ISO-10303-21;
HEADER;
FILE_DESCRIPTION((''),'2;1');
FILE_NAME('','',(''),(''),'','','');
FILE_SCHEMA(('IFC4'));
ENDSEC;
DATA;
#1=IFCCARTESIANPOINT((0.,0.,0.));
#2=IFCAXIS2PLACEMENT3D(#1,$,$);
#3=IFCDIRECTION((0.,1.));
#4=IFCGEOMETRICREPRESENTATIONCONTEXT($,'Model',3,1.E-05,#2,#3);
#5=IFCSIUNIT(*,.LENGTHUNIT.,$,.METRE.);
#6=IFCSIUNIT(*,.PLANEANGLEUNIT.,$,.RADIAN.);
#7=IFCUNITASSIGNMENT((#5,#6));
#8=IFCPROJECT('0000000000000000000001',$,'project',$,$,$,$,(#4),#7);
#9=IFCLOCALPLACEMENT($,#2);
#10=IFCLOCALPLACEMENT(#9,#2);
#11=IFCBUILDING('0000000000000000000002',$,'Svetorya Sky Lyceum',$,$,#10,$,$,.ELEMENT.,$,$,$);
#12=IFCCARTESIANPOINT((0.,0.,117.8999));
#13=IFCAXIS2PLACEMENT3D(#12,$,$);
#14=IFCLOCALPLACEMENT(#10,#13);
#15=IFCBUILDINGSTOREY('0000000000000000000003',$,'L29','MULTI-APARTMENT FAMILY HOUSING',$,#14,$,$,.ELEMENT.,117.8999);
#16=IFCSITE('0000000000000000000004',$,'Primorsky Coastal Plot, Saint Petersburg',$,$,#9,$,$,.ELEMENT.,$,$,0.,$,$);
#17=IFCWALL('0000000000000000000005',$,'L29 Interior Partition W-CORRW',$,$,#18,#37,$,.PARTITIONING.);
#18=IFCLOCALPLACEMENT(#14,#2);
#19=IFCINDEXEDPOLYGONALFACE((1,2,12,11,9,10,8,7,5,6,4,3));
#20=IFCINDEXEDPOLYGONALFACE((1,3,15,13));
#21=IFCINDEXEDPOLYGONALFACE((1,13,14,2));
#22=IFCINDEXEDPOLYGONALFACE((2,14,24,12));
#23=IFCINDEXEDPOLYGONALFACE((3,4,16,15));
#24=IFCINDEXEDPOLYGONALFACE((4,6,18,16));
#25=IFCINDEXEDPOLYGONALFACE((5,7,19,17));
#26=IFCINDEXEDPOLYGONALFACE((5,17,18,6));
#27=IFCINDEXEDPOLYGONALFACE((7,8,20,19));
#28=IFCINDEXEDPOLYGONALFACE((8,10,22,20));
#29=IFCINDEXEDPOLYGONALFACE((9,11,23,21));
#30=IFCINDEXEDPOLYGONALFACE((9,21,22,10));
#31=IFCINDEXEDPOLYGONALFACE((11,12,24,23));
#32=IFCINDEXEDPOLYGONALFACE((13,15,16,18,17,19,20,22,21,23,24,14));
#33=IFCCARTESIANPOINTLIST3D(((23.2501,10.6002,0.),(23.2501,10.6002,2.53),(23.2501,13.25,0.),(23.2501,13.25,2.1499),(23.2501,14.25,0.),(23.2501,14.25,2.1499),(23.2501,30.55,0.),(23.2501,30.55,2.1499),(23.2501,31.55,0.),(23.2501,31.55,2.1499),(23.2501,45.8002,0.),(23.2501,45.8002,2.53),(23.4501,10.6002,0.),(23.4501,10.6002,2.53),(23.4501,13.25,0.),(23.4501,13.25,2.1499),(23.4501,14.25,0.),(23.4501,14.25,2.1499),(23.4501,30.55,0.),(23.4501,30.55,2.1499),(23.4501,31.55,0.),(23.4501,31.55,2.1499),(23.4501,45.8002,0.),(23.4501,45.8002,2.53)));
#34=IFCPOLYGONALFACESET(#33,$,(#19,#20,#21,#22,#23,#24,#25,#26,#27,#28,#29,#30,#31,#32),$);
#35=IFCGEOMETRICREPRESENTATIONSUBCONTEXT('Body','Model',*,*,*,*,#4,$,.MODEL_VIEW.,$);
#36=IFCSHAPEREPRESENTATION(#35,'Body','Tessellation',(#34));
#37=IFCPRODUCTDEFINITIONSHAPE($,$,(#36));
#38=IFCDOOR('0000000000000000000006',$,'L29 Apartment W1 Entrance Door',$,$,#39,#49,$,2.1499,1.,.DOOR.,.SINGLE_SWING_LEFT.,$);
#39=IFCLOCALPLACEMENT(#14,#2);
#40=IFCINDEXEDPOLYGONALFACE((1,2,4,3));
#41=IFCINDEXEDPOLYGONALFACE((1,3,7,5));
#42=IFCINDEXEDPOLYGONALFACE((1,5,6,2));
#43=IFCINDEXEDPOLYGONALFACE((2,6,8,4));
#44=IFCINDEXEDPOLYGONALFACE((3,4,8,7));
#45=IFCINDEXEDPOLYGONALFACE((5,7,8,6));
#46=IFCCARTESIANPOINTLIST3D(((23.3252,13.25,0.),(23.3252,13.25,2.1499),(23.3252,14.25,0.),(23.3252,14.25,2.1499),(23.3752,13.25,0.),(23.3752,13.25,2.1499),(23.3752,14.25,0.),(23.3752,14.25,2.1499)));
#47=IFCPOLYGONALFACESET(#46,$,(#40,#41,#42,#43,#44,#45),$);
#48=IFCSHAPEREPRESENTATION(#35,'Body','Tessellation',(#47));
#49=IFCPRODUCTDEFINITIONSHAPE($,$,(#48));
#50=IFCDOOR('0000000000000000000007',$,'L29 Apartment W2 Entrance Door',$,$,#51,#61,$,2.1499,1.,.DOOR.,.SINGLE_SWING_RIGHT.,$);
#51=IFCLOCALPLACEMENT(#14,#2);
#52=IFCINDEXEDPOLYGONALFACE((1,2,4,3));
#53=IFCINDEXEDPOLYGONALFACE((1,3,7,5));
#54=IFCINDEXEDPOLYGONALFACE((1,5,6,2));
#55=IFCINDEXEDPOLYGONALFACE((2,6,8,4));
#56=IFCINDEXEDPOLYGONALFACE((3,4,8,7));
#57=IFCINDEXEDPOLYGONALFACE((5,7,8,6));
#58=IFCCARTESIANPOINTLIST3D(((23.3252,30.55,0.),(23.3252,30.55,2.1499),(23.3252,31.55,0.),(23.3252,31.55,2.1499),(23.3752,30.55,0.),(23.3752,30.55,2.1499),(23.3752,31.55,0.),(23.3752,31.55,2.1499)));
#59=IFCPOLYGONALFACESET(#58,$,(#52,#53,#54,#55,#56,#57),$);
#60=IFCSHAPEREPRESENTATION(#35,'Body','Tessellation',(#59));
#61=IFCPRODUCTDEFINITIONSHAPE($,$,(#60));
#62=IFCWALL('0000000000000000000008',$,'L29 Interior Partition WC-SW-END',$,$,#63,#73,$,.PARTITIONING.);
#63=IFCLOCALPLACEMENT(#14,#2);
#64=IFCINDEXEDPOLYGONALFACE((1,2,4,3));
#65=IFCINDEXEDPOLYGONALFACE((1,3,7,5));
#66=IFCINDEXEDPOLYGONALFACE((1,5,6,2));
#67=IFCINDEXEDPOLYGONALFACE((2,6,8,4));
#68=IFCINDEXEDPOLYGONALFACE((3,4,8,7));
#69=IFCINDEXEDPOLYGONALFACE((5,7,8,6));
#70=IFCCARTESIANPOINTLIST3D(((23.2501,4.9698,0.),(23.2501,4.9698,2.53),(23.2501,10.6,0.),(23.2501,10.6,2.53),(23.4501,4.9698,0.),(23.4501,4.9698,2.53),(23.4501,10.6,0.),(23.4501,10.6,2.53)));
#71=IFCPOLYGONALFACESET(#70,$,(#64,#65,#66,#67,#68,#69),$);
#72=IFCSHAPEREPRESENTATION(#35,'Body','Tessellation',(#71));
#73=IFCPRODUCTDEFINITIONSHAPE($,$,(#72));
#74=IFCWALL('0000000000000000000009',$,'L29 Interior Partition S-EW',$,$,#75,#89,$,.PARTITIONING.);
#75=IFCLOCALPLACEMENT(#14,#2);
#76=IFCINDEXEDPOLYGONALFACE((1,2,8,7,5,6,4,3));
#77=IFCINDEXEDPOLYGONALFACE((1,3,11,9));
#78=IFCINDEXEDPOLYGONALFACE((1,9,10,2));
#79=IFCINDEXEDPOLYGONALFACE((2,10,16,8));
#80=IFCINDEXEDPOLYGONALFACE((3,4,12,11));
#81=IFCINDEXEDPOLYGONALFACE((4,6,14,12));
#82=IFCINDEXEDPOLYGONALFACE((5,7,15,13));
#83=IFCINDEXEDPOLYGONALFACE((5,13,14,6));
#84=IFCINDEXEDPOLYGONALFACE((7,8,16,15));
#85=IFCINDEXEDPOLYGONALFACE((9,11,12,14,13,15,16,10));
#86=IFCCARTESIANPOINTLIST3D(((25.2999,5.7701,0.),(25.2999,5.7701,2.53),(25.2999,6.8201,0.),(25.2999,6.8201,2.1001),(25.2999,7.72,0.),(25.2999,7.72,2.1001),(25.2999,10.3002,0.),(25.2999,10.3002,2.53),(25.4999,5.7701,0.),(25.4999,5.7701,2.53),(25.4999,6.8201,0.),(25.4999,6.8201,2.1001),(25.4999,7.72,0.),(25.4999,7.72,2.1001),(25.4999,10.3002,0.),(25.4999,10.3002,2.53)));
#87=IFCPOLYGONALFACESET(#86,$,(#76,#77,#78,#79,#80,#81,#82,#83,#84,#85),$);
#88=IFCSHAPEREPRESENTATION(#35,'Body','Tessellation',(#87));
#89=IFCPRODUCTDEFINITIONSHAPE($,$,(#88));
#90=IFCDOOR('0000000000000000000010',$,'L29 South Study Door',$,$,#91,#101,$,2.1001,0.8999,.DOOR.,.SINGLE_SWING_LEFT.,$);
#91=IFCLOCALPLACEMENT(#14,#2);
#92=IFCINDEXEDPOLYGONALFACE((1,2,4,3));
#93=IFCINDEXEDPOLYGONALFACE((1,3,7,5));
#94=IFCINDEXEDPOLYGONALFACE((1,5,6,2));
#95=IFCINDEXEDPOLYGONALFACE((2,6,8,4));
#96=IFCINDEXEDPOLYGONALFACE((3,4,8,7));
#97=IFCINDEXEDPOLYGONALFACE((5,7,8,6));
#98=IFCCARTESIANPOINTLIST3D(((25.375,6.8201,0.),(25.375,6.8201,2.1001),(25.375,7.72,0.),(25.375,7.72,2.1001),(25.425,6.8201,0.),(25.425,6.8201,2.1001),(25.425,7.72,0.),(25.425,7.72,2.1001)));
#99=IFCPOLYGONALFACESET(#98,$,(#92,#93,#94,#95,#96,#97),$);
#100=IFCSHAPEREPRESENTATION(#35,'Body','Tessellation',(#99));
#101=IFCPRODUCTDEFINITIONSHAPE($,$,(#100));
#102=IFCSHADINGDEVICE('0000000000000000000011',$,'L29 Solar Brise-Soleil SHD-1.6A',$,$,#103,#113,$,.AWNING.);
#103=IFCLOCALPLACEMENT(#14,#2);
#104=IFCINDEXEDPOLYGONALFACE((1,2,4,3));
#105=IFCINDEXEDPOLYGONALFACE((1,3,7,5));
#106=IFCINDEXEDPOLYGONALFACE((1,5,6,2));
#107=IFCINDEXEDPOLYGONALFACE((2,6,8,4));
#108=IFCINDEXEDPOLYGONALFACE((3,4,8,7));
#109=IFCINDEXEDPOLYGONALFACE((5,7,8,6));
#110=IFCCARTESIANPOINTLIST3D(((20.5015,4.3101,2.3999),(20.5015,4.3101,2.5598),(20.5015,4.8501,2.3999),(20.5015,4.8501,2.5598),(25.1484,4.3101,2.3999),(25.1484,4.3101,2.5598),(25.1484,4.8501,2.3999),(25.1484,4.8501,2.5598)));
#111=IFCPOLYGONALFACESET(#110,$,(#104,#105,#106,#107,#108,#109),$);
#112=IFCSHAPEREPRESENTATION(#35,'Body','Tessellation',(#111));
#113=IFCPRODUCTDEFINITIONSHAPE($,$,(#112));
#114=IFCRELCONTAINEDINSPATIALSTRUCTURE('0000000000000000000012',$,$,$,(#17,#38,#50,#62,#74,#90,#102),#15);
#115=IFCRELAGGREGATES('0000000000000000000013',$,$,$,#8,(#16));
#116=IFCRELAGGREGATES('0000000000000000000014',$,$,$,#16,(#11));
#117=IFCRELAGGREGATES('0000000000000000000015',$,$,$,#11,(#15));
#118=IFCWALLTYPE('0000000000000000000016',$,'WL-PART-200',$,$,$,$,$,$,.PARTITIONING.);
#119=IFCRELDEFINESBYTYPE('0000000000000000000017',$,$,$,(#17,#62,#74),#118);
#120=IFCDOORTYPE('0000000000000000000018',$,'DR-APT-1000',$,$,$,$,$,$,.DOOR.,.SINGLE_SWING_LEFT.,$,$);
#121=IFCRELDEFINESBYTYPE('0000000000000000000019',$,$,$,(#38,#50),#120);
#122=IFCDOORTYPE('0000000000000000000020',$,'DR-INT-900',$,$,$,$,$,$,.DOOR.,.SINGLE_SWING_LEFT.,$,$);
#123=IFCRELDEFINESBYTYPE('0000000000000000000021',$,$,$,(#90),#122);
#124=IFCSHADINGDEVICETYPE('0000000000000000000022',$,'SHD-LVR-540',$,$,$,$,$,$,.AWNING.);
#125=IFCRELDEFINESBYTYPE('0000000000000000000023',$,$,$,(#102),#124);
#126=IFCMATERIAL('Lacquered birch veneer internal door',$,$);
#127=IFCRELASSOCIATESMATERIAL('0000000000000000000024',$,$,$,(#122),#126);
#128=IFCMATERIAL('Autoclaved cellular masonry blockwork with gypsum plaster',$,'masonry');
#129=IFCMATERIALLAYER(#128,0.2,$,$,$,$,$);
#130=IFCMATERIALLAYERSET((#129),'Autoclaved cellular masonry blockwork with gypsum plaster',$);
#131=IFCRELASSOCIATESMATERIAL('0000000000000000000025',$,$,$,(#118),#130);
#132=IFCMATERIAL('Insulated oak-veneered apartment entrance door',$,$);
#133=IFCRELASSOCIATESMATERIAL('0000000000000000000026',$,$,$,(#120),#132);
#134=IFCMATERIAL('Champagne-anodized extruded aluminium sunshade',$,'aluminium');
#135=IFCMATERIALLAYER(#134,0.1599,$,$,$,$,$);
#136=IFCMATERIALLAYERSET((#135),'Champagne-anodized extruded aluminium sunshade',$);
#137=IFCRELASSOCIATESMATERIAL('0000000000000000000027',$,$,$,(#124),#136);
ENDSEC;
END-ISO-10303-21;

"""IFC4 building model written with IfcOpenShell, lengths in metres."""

from ifc_helpers import new_model, si_unit, direction, frame, frame_2d, origin, origin_2d, place, context, subcontext, project, spatial, rectangle, extrude, material, layer, layer_set, type_object, element, fill, save


model = new_model("IFC4")

# Units and contexts
model_context = context("Model", 3, precision=1e-05, world=origin(), true_north=direction((0.0, 1.0)))
body_context = subcontext(model_context, "Body", "Model", "MODEL_VIEW")
ifc_project = project(units=[si_unit("LENGTHUNIT", "METRE"), si_unit("PLANEANGLEUNIT", "RADIAN")], contexts=[model_context])

# Site, building, storey
site_placement = place(None, origin())
site = spatial("IfcSite", under=ifc_project, at=site_placement, Name="Primorsky Coastal Plot, Saint Petersburg", CompositionType="ELEMENT", RefElevation=0.0)
building_placement = place(site_placement, origin())
building = spatial("IfcBuilding", under=site, at=building_placement, Name="Svetorya Sky Lyceum", CompositionType="ELEMENT")
storey_placement = place(building_placement, frame((0.0, 0.0, 117.8999)))
storey = spatial("IfcBuildingStorey", under=building, at=storey_placement, Name="L29", Description="MULTI-APARTMENT FAMILY HOUSING", CompositionType="ELEMENT", Elevation=117.8999)

# Shared definitions
ifc_material_1 = material(Name="Lacquered birch veneer internal door")
door_type_1 = type_object("IfcDoorType", Name="DR-INT-900", OperationType="SINGLE_SWING_LEFT", PredefinedType="DOOR", material=ifc_material_1)

# Shared definitions
ifc_material_2 = material(Name="Autoclaved cellular masonry blockwork with gypsum plaster", Category="masonry")
ifc_layer_1 = layer(ifc_material_2, 0.2)
ifc_layer_set_1 = layer_set([ifc_layer_1], Name="Autoclaved cellular masonry blockwork with gypsum plaster")
wall_type_1 = type_object("IfcWallType", Name="WL-PART-200", PredefinedType="PARTITIONING", material=ifc_layer_set_1)

# Wall, openings, doors
wall_1_placement = place(storey_placement, frame((23.3501, 10.6001, 0.0), z_axis=(0.0, 0.0, 1.0), x_axis=(0.0, 1.0, 0.0)))
wall_1 = element("IfcWall", 1, at=wall_1_placement, inside=storey, type_object=wall_type_1, Name="L29 Interior Partition W-CORRW", PredefinedType="PARTITIONING", context=body_context, shape_type="SweptSolid", body=[
    extrude(rectangle(XDim=35.2, YDim=0.2, at=frame_2d((17.6001, 0.0))), origin(), (0.0, 0.0, 1.0), 2.53),
])
opening_1_placement = place(wall_1_placement, frame((2.6499, 0.0, 0.0)))
opening_1 = element("IfcOpeningElement", 2, at=opening_1_placement, cuts=wall_1, PredefinedType="OPENING", context=body_context, shape_type="SweptSolid", body=[
    extrude(rectangle(XDim=1.0, YDim=2.1499, at=frame_2d((0.5, 1.075))), frame((0.0, 0.1099, 0.0), z_axis=(0.0, -1.0, 0.0), x_axis=(1.0, 0.0, 0.0)), (0.0, 0.0, 1.0), 0.22),
])
opening_2_placement = place(wall_1_placement, frame((19.95, 0.0, 0.0)))
opening_2 = element("IfcOpeningElement", 3, at=opening_2_placement, cuts=wall_1, PredefinedType="OPENING", context=body_context, shape_type="SweptSolid", body=[
    extrude(rectangle(XDim=1.0, YDim=2.1499, at=frame_2d((0.5, 1.075))), frame((0.0, 0.1099, 0.0), z_axis=(0.0, -1.0, 0.0), x_axis=(1.0, 0.0, 0.0)), (0.0, 0.0, 1.0), 0.22),
])
ifc_material_3 = material(Name="Insulated oak-veneered apartment entrance door")
door_type_2 = type_object("IfcDoorType", Name="DR-APT-1000", OperationType="SINGLE_SWING_LEFT", PredefinedType="DOOR", material=ifc_material_3)
door_1_placement = place(opening_1_placement, origin())
door_1 = element("IfcDoor", 4, at=door_1_placement, inside=storey, type_object=door_type_2, Name="L29 Apartment W1 Entrance Door", OperationType="SINGLE_SWING_LEFT", OverallHeight=2.1499, OverallWidth=1.0, PredefinedType="DOOR", context=body_context, shape_type="SweptSolid", body=[
    extrude(rectangle(XDim=1.0, YDim=2.1499, at=frame_2d((0.5, 1.075))), frame((0.0, 0.0249, 0.0), z_axis=(0.0, -1.0, 0.0), x_axis=(1.0, 0.0, 0.0)), (0.0, 0.0, 1.0), 0.05),
])
fill(opening_1, door_1)
door_2_placement = place(opening_2_placement, origin())
door_2 = element("IfcDoor", 5, at=door_2_placement, inside=storey, type_object=door_type_2, Name="L29 Apartment W2 Entrance Door", OperationType="SINGLE_SWING_RIGHT", OverallHeight=2.1499, OverallWidth=1.0, PredefinedType="DOOR", context=body_context, shape_type="SweptSolid", body=[
    extrude(rectangle(XDim=1.0, YDim=2.1499, at=frame_2d((0.5, 1.075))), frame((0.0, 0.0249, 0.0), z_axis=(0.0, -1.0, 0.0), x_axis=(1.0, 0.0, 0.0)), (0.0, 0.0, 1.0), 0.05),
])
fill(opening_2, door_2)

# Wall
wall_2_placement = place(storey_placement, frame((23.3501, 4.97, 0.0), z_axis=(0.0, 0.0, 1.0), x_axis=(0.0, 1.0, 0.0)))
element("IfcWall", 6, at=wall_2_placement, inside=storey, type_object=wall_type_1, Name="L29 Interior Partition WC-SW-END", PredefinedType="PARTITIONING", context=body_context, shape_type="SweptSolid", body=[
    extrude(rectangle(XDim=5.6301, YDim=0.2, at=frame_2d((2.8149, 0.0))), origin(), (0.0, 0.0, 1.0), 2.53),
])

# Wall, opening, door
wall_3_placement = place(storey_placement, frame((25.3999, 5.77, 0.0), z_axis=(0.0, 0.0, 1.0), x_axis=(0.0, 1.0, 0.0)))
wall_3 = element("IfcWall", 7, at=wall_3_placement, inside=storey, type_object=wall_type_1, Name="L29 Interior Partition S-EW", PredefinedType="PARTITIONING", context=body_context, shape_type="SweptSolid", body=[
    extrude(rectangle(XDim=4.53, YDim=0.2, at=frame_2d((2.2651, 0.0))), origin(), (0.0, 0.0, 1.0), 2.53),
])
opening_3_placement = place(wall_3_placement, frame((1.05, 0.0, 0.0)))
opening_3 = element("IfcOpeningElement", 8, at=opening_3_placement, cuts=wall_3, PredefinedType="OPENING", context=body_context, shape_type="SweptSolid", body=[
    extrude(rectangle(XDim=0.8999, YDim=2.1001, at=frame_2d((0.45, 1.05))), frame((0.0, 0.1099, 0.0), z_axis=(0.0, -1.0, 0.0), x_axis=(1.0, 0.0, 0.0)), (0.0, 0.0, 1.0), 0.22),
])
door_3_placement = place(opening_3_placement, origin())
door_3 = element("IfcDoor", 9, at=door_3_placement, inside=storey, type_object=door_type_1, Name="L29 South Study Door", OperationType="SINGLE_SWING_LEFT", OverallHeight=2.1001, OverallWidth=0.8999, PredefinedType="DOOR", context=body_context, shape_type="SweptSolid", body=[
    extrude(rectangle(XDim=0.8999, YDim=2.1001, at=frame_2d((0.45, 1.05))), frame((0.0, 0.0249, 0.0), z_axis=(0.0, -1.0, 0.0), x_axis=(1.0, 0.0, 0.0)), (0.0, 0.0, 1.0), 0.05),
])
fill(opening_3, door_3)

# Shading device
ifc_material_4 = material(Name="Champagne-anodized extruded aluminium sunshade", Category="aluminium")
ifc_layer_2 = layer(ifc_material_4, 0.1599)
ifc_layer_set_2 = layer_set([ifc_layer_2], Name="Champagne-anodized extruded aluminium sunshade")
shading_device_type = type_object("IfcShadingDeviceType", Name="SHD-LVR-540", PredefinedType="AWNING", material=ifc_layer_set_2)
shading_device_placement = place(storey_placement, frame((22.825, 4.5801, 2.3999), z_axis=(0.0, 0.0, 1.0), x_axis=(1.0, 0.0, 0.0)))
element("IfcShadingDevice", 10, at=shading_device_placement, inside=storey, type_object=shading_device_type, Name="L29 Solar Brise-Soleil SHD-1.6A", PredefinedType="AWNING", context=body_context, shape_type="SweptSolid", body=[
    extrude(rectangle(XDim=4.647, YDim=0.54, at=origin_2d()), origin(), (0.0, 0.0, 1.0), 0.1599),
])

save(model, "model.ifc")
